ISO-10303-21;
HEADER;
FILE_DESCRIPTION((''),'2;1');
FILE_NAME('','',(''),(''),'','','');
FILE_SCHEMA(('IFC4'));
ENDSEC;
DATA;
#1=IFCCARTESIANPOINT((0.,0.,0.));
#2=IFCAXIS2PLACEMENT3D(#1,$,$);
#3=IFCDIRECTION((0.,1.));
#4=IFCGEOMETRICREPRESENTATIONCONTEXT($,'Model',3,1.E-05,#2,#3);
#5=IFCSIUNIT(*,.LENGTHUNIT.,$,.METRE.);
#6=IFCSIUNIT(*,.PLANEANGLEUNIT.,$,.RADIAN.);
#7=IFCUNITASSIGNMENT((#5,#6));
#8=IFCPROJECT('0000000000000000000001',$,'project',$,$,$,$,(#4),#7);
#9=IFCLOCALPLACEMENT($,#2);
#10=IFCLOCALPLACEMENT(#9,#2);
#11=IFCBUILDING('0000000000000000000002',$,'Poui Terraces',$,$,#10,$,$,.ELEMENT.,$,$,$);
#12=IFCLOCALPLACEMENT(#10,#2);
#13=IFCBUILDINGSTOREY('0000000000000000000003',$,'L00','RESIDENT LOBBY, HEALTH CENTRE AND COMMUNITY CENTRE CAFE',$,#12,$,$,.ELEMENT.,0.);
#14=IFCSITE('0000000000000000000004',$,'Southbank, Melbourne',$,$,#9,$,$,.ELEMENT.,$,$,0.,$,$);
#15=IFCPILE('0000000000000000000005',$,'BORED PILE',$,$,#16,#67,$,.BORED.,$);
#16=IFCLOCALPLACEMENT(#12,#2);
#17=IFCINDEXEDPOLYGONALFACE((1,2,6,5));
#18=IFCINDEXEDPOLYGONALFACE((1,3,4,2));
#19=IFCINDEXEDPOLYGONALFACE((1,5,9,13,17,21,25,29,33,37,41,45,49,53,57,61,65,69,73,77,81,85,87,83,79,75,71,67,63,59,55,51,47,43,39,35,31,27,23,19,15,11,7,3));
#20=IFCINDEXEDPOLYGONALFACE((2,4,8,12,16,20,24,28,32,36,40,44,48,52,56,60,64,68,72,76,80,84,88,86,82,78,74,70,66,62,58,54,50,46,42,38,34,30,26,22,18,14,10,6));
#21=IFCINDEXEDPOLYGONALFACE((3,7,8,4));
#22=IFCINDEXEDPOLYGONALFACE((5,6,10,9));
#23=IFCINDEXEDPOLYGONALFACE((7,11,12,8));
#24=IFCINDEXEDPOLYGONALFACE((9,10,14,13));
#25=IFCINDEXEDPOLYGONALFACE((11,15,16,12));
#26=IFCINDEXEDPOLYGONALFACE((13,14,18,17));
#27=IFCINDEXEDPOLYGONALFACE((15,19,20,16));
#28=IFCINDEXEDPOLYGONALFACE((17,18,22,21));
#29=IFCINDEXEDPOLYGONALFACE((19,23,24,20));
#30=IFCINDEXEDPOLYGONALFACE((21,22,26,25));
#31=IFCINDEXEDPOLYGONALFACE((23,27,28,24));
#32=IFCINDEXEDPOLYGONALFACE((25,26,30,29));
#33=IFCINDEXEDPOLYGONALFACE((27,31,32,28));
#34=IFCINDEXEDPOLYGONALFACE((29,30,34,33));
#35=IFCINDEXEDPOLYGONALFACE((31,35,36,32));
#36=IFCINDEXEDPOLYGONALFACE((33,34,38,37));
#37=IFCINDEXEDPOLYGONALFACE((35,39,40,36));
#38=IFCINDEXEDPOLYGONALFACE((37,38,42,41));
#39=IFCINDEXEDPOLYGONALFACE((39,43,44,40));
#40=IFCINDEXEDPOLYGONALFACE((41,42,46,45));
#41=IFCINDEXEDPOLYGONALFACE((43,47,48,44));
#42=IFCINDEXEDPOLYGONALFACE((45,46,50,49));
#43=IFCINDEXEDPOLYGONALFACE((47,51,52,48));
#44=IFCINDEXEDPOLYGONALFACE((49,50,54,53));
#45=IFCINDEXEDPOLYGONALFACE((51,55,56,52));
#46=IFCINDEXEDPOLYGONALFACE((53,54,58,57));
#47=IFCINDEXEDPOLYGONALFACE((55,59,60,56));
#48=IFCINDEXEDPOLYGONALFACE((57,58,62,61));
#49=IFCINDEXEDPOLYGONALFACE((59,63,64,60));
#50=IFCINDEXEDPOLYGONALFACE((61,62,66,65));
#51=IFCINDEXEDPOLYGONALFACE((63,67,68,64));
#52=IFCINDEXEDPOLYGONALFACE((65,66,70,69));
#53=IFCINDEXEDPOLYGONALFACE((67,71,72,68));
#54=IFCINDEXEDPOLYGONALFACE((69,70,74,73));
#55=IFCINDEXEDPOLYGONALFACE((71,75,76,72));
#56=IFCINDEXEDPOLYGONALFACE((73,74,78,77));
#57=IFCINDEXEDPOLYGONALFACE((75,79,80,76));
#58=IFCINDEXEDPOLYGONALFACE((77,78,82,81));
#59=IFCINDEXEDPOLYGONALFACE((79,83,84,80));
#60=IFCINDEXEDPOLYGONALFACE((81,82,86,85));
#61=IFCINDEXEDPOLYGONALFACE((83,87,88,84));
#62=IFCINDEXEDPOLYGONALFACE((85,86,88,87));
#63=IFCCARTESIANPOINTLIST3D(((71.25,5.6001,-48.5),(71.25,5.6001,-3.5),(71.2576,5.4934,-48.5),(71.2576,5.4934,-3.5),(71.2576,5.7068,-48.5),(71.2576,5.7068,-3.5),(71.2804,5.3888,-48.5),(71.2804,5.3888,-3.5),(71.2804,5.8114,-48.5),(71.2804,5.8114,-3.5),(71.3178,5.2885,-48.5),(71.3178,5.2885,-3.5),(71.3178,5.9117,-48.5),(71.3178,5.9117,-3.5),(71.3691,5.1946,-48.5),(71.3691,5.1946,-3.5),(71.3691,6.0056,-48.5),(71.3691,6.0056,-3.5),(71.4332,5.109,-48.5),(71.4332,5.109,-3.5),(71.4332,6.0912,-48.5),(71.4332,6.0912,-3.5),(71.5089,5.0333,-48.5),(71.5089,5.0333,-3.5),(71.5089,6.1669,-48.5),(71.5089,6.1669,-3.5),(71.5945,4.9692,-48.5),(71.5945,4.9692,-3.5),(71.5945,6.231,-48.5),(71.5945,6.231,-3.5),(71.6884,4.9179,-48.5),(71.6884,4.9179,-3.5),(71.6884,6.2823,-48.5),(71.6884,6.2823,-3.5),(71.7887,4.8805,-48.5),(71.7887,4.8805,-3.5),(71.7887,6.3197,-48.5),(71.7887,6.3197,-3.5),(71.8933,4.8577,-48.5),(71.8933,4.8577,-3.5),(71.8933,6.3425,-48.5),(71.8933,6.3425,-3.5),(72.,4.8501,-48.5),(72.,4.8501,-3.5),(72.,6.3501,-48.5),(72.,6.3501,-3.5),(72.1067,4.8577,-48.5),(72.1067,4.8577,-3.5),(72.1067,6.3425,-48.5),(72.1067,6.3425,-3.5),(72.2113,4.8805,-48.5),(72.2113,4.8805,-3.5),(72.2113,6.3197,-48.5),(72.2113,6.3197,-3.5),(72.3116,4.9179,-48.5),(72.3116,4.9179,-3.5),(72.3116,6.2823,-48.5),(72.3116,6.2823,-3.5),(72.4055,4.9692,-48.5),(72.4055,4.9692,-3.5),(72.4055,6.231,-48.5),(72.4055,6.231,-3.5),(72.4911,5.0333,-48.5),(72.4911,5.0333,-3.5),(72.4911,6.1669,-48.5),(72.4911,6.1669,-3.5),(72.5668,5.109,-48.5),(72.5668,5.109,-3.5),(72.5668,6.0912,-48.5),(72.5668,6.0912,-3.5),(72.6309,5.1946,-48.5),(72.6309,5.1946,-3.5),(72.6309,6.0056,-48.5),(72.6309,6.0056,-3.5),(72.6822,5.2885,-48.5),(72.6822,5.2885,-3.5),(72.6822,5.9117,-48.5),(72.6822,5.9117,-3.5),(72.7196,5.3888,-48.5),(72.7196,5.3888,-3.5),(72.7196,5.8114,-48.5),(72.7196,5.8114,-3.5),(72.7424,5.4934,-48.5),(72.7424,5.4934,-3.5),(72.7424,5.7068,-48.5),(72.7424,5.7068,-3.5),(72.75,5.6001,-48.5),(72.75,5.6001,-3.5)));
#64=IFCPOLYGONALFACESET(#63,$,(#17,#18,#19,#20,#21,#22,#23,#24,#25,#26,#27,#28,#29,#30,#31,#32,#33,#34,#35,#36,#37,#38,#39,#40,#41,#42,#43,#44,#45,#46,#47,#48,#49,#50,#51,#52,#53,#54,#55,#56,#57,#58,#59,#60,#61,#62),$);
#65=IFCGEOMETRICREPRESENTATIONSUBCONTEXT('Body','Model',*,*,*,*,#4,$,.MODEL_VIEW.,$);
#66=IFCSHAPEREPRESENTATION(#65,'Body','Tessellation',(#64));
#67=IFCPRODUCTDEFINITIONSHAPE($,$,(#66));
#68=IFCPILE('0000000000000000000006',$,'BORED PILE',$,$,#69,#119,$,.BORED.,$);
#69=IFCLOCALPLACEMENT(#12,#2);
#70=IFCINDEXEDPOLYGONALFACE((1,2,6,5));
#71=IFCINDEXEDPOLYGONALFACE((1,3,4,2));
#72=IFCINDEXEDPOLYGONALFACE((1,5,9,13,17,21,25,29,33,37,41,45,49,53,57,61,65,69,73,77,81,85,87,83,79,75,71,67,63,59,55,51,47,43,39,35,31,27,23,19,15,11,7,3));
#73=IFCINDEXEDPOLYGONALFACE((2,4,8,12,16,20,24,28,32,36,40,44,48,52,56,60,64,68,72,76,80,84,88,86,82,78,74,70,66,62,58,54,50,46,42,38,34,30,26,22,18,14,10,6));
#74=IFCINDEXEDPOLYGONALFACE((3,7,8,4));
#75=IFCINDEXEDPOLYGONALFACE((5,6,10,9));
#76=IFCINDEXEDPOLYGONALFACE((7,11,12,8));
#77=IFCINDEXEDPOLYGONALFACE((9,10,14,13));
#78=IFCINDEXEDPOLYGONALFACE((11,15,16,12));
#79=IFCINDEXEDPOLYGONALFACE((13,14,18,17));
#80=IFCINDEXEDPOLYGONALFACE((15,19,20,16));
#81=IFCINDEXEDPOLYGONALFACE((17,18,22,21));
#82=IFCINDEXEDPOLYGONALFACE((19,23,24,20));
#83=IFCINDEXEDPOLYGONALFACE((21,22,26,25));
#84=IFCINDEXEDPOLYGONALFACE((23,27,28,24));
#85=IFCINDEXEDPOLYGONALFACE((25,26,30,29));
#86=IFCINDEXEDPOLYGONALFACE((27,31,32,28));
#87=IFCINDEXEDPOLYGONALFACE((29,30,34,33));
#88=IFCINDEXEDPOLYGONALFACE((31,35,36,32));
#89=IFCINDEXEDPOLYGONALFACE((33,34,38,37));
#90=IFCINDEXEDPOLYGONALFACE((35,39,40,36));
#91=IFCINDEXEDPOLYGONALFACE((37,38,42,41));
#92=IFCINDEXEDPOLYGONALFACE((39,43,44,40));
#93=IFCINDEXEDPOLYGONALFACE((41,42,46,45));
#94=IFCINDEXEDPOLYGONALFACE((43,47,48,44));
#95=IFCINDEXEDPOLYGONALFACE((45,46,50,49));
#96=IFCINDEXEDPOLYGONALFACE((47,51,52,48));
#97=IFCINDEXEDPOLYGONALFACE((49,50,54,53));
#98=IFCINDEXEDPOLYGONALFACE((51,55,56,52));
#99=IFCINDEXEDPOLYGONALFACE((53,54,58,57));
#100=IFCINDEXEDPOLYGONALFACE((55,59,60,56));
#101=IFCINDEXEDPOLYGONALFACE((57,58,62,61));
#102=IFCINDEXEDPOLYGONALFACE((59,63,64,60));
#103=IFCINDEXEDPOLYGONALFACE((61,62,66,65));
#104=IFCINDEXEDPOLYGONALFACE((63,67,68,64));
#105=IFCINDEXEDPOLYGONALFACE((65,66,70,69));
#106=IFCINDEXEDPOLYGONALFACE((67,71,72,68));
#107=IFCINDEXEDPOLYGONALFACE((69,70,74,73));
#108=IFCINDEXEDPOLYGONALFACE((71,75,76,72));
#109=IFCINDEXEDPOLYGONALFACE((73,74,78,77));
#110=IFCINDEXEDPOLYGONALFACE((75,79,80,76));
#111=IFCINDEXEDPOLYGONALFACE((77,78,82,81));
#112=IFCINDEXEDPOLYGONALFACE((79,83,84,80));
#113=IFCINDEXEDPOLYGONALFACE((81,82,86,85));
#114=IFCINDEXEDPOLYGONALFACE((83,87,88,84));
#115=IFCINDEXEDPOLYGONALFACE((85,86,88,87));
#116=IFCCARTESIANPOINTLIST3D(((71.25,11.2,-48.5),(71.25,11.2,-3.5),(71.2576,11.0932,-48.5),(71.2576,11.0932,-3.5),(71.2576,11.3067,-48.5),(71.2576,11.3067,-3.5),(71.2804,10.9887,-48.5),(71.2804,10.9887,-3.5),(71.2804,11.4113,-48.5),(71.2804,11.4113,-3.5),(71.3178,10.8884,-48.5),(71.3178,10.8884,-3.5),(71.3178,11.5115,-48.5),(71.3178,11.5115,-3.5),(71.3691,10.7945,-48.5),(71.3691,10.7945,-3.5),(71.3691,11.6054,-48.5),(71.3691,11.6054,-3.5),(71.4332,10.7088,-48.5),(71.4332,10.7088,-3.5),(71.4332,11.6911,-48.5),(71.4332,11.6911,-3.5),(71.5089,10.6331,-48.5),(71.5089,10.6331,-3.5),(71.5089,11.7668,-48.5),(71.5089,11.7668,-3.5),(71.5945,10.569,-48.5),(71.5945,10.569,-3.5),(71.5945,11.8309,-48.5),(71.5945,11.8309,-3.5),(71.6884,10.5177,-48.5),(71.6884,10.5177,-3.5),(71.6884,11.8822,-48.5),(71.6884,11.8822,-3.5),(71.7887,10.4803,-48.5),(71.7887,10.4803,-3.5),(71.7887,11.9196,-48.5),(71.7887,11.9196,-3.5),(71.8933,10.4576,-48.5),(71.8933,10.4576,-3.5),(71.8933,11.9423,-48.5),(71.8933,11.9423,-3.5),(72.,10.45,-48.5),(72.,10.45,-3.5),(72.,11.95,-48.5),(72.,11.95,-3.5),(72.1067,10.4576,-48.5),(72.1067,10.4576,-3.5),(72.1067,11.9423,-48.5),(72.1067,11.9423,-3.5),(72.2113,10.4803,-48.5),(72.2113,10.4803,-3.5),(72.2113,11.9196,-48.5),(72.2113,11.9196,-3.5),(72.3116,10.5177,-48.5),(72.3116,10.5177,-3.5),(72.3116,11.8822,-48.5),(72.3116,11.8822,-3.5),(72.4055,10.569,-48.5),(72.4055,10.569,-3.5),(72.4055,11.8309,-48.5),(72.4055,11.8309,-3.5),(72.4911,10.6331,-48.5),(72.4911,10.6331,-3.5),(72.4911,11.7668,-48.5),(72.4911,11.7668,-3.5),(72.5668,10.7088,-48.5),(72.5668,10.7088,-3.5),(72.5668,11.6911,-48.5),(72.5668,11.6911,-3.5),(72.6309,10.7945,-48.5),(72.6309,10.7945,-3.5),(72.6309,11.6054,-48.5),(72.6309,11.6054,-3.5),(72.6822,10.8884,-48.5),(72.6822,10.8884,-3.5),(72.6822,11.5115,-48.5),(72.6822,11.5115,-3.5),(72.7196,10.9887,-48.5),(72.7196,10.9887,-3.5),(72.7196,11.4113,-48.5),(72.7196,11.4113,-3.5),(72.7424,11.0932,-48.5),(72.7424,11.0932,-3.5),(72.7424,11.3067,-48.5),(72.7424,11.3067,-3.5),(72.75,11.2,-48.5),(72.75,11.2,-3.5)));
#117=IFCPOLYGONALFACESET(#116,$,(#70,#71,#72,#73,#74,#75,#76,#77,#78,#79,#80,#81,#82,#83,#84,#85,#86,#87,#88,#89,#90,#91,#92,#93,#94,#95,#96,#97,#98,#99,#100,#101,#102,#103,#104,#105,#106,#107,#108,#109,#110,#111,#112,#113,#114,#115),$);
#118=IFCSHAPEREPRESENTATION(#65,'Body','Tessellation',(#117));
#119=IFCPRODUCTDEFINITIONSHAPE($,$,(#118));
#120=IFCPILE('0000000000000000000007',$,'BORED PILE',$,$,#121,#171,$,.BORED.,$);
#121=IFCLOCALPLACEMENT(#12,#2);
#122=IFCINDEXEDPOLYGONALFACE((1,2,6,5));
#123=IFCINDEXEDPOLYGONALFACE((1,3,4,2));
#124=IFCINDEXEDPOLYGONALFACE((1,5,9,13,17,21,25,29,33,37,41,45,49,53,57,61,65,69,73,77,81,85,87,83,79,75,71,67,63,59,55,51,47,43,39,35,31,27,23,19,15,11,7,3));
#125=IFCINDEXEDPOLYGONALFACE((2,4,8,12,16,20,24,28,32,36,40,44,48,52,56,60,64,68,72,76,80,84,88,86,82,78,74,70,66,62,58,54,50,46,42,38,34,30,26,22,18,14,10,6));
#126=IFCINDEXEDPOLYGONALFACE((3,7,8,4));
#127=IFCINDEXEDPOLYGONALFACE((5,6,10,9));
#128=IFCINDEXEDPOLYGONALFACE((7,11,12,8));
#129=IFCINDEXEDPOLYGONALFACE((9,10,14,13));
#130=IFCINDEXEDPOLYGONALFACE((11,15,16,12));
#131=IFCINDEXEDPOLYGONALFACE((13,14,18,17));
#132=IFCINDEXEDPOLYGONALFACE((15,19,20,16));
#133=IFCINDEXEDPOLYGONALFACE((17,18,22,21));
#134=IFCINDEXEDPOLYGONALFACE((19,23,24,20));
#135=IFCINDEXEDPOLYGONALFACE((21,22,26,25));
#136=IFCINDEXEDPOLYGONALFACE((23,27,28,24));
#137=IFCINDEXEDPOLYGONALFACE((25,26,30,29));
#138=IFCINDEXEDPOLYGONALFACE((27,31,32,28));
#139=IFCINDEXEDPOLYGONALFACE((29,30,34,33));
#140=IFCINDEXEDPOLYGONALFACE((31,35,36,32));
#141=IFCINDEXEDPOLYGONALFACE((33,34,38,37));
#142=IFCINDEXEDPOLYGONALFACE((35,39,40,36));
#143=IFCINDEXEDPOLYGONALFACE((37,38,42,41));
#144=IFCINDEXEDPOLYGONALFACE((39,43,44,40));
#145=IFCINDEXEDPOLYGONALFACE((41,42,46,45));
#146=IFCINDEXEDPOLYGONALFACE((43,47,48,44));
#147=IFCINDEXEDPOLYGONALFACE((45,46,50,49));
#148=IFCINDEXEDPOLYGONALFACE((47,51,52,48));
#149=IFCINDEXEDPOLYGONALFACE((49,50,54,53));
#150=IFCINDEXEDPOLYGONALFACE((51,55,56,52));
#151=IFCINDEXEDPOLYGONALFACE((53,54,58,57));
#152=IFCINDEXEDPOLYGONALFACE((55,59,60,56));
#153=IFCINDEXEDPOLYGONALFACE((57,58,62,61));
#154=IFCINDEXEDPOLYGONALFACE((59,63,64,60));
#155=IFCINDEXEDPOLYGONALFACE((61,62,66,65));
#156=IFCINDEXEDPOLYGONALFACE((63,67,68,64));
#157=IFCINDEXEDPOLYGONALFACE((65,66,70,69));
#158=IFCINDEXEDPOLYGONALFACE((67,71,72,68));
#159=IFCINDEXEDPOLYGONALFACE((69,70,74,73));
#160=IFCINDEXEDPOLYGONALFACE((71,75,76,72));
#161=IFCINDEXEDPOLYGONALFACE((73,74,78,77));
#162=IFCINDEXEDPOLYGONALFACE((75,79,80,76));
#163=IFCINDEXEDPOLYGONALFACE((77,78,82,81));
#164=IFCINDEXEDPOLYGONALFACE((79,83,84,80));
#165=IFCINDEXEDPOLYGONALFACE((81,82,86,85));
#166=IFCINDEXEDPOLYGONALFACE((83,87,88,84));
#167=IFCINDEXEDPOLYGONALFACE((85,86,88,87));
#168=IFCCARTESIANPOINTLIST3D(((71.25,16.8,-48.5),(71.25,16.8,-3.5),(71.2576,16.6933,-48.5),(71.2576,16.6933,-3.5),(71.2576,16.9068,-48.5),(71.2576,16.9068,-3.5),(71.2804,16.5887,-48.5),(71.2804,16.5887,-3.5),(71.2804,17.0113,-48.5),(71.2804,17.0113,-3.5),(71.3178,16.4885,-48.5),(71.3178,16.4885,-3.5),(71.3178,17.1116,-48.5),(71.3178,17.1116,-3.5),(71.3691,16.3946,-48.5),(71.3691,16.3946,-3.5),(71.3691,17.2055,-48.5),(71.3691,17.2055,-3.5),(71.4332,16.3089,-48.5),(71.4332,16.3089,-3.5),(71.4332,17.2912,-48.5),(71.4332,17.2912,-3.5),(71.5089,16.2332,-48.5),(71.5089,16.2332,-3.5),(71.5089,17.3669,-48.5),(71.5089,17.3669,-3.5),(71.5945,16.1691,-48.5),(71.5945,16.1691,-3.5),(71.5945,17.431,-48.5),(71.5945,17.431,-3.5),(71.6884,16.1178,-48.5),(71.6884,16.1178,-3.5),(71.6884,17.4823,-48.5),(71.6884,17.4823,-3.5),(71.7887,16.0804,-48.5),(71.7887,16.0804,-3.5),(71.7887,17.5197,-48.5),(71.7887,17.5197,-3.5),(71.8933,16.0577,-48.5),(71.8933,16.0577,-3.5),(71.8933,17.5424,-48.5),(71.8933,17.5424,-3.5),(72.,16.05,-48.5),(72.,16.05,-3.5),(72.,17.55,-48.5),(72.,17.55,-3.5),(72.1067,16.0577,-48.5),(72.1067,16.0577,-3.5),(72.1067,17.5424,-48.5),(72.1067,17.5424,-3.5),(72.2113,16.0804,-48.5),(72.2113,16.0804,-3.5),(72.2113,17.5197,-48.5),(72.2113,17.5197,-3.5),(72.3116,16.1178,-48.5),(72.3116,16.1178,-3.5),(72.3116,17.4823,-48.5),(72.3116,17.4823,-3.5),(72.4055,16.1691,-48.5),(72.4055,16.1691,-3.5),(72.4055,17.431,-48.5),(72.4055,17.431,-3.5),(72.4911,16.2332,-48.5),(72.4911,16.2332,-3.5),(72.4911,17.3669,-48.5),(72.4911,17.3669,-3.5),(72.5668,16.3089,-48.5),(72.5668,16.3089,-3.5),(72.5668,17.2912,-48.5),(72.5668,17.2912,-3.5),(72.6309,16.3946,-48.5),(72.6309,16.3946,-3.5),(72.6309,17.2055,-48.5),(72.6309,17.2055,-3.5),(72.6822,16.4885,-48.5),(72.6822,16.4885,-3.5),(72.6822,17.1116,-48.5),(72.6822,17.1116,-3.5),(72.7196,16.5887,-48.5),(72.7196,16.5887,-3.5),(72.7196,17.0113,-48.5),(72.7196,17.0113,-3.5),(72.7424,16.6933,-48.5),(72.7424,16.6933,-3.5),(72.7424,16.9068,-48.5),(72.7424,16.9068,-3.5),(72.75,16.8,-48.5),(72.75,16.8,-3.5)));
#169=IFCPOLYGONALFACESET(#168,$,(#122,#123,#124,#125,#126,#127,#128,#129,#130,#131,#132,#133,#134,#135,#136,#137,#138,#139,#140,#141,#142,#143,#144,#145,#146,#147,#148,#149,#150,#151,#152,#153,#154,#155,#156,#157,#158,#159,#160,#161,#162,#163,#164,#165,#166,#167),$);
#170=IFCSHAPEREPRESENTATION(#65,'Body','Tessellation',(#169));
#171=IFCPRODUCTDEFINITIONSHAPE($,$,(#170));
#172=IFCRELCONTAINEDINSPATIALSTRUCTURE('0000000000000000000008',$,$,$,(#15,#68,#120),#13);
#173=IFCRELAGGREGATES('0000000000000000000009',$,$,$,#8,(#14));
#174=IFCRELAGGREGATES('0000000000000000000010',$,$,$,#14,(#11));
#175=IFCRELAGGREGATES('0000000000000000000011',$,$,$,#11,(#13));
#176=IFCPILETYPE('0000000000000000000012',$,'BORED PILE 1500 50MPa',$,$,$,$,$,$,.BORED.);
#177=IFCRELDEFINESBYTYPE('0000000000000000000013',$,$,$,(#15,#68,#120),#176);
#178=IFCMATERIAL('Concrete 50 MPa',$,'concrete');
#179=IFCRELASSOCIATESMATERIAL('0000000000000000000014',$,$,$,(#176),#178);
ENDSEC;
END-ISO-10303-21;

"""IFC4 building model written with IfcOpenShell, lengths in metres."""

from ifc_helpers import new_model, si_unit, direction, frame, origin, origin_2d, place, context, subcontext, project, spatial, circle, extrude, material, material_profile, profile_set, type_object, element, save


model = new_model("IFC4")

# Units and contexts
model_context = context("Model", 3, precision=1e-05, world=origin(), true_north=direction((0.0, 1.0)))
body_context = subcontext(model_context, "Body", "Model", "MODEL_VIEW")
ifc_project = project(units=[si_unit("LENGTHUNIT", "METRE"), si_unit("PLANEANGLEUNIT", "RADIAN")], contexts=[model_context])

# Site, building, storey
site_placement = place(None, origin())
site = spatial("IfcSite", under=ifc_project, at=site_placement, Name="Southbank, Melbourne", CompositionType="ELEMENT", RefElevation=0.0)
building_placement = place(site_placement, origin())
building = spatial("IfcBuilding", under=site, at=building_placement, Name="Poui Terraces", CompositionType="ELEMENT")
storey_placement = place(building_placement, origin())
storey = spatial("IfcBuildingStorey", under=building, at=storey_placement, Name="L00", Description="RESIDENT LOBBY, HEALTH CENTRE AND COMMUNITY CENTRE CAFE", CompositionType="ELEMENT", Elevation=0.0)

# Piles
ifc_material_1 = material(Name="Concrete 50 MPa", Category="concrete")
ifc_material_profile_1 = material_profile(ifc_material_1, circle(Radius=0.75, at=origin_2d()), Name="RC D1500")
ifc_profile_set_1 = profile_set([ifc_material_profile_1], Name="Concrete 50 MPa")
pile_type = type_object("IfcPileType", Name="BORED PILE 1500 50MPa", PredefinedType="BORED", material=ifc_profile_set_1)
for number, where, z_axis, x_axis, name in (
    (1, (72.0, 5.6001, -3.5), (0.0, 0.0, -1.0), (1.0, 0.0, 0.0), "BORED PILE"),
    (2, (72.0, 11.2, -3.5), (0.0, 0.0, -1.0), (1.0, 0.0, 0.0), "BORED PILE"),
    (3, (72.0, 16.8, -3.5), (0.0, 0.0, -1.0), (1.0, 0.0, 0.0), "BORED PILE"),
):
    element("IfcPile", number, at=place(storey_placement, frame(where, z_axis=z_axis, x_axis=x_axis)), inside=storey, type_object=pile_type, Name=name, PredefinedType="BORED", context=body_context, shape_type="SweptSolid", body=[
        extrude(circle(Radius=0.75, at=origin_2d()), origin(), (0.0, 0.0, 1.0), 45.0),
    ])

save(model, "model.ifc")
